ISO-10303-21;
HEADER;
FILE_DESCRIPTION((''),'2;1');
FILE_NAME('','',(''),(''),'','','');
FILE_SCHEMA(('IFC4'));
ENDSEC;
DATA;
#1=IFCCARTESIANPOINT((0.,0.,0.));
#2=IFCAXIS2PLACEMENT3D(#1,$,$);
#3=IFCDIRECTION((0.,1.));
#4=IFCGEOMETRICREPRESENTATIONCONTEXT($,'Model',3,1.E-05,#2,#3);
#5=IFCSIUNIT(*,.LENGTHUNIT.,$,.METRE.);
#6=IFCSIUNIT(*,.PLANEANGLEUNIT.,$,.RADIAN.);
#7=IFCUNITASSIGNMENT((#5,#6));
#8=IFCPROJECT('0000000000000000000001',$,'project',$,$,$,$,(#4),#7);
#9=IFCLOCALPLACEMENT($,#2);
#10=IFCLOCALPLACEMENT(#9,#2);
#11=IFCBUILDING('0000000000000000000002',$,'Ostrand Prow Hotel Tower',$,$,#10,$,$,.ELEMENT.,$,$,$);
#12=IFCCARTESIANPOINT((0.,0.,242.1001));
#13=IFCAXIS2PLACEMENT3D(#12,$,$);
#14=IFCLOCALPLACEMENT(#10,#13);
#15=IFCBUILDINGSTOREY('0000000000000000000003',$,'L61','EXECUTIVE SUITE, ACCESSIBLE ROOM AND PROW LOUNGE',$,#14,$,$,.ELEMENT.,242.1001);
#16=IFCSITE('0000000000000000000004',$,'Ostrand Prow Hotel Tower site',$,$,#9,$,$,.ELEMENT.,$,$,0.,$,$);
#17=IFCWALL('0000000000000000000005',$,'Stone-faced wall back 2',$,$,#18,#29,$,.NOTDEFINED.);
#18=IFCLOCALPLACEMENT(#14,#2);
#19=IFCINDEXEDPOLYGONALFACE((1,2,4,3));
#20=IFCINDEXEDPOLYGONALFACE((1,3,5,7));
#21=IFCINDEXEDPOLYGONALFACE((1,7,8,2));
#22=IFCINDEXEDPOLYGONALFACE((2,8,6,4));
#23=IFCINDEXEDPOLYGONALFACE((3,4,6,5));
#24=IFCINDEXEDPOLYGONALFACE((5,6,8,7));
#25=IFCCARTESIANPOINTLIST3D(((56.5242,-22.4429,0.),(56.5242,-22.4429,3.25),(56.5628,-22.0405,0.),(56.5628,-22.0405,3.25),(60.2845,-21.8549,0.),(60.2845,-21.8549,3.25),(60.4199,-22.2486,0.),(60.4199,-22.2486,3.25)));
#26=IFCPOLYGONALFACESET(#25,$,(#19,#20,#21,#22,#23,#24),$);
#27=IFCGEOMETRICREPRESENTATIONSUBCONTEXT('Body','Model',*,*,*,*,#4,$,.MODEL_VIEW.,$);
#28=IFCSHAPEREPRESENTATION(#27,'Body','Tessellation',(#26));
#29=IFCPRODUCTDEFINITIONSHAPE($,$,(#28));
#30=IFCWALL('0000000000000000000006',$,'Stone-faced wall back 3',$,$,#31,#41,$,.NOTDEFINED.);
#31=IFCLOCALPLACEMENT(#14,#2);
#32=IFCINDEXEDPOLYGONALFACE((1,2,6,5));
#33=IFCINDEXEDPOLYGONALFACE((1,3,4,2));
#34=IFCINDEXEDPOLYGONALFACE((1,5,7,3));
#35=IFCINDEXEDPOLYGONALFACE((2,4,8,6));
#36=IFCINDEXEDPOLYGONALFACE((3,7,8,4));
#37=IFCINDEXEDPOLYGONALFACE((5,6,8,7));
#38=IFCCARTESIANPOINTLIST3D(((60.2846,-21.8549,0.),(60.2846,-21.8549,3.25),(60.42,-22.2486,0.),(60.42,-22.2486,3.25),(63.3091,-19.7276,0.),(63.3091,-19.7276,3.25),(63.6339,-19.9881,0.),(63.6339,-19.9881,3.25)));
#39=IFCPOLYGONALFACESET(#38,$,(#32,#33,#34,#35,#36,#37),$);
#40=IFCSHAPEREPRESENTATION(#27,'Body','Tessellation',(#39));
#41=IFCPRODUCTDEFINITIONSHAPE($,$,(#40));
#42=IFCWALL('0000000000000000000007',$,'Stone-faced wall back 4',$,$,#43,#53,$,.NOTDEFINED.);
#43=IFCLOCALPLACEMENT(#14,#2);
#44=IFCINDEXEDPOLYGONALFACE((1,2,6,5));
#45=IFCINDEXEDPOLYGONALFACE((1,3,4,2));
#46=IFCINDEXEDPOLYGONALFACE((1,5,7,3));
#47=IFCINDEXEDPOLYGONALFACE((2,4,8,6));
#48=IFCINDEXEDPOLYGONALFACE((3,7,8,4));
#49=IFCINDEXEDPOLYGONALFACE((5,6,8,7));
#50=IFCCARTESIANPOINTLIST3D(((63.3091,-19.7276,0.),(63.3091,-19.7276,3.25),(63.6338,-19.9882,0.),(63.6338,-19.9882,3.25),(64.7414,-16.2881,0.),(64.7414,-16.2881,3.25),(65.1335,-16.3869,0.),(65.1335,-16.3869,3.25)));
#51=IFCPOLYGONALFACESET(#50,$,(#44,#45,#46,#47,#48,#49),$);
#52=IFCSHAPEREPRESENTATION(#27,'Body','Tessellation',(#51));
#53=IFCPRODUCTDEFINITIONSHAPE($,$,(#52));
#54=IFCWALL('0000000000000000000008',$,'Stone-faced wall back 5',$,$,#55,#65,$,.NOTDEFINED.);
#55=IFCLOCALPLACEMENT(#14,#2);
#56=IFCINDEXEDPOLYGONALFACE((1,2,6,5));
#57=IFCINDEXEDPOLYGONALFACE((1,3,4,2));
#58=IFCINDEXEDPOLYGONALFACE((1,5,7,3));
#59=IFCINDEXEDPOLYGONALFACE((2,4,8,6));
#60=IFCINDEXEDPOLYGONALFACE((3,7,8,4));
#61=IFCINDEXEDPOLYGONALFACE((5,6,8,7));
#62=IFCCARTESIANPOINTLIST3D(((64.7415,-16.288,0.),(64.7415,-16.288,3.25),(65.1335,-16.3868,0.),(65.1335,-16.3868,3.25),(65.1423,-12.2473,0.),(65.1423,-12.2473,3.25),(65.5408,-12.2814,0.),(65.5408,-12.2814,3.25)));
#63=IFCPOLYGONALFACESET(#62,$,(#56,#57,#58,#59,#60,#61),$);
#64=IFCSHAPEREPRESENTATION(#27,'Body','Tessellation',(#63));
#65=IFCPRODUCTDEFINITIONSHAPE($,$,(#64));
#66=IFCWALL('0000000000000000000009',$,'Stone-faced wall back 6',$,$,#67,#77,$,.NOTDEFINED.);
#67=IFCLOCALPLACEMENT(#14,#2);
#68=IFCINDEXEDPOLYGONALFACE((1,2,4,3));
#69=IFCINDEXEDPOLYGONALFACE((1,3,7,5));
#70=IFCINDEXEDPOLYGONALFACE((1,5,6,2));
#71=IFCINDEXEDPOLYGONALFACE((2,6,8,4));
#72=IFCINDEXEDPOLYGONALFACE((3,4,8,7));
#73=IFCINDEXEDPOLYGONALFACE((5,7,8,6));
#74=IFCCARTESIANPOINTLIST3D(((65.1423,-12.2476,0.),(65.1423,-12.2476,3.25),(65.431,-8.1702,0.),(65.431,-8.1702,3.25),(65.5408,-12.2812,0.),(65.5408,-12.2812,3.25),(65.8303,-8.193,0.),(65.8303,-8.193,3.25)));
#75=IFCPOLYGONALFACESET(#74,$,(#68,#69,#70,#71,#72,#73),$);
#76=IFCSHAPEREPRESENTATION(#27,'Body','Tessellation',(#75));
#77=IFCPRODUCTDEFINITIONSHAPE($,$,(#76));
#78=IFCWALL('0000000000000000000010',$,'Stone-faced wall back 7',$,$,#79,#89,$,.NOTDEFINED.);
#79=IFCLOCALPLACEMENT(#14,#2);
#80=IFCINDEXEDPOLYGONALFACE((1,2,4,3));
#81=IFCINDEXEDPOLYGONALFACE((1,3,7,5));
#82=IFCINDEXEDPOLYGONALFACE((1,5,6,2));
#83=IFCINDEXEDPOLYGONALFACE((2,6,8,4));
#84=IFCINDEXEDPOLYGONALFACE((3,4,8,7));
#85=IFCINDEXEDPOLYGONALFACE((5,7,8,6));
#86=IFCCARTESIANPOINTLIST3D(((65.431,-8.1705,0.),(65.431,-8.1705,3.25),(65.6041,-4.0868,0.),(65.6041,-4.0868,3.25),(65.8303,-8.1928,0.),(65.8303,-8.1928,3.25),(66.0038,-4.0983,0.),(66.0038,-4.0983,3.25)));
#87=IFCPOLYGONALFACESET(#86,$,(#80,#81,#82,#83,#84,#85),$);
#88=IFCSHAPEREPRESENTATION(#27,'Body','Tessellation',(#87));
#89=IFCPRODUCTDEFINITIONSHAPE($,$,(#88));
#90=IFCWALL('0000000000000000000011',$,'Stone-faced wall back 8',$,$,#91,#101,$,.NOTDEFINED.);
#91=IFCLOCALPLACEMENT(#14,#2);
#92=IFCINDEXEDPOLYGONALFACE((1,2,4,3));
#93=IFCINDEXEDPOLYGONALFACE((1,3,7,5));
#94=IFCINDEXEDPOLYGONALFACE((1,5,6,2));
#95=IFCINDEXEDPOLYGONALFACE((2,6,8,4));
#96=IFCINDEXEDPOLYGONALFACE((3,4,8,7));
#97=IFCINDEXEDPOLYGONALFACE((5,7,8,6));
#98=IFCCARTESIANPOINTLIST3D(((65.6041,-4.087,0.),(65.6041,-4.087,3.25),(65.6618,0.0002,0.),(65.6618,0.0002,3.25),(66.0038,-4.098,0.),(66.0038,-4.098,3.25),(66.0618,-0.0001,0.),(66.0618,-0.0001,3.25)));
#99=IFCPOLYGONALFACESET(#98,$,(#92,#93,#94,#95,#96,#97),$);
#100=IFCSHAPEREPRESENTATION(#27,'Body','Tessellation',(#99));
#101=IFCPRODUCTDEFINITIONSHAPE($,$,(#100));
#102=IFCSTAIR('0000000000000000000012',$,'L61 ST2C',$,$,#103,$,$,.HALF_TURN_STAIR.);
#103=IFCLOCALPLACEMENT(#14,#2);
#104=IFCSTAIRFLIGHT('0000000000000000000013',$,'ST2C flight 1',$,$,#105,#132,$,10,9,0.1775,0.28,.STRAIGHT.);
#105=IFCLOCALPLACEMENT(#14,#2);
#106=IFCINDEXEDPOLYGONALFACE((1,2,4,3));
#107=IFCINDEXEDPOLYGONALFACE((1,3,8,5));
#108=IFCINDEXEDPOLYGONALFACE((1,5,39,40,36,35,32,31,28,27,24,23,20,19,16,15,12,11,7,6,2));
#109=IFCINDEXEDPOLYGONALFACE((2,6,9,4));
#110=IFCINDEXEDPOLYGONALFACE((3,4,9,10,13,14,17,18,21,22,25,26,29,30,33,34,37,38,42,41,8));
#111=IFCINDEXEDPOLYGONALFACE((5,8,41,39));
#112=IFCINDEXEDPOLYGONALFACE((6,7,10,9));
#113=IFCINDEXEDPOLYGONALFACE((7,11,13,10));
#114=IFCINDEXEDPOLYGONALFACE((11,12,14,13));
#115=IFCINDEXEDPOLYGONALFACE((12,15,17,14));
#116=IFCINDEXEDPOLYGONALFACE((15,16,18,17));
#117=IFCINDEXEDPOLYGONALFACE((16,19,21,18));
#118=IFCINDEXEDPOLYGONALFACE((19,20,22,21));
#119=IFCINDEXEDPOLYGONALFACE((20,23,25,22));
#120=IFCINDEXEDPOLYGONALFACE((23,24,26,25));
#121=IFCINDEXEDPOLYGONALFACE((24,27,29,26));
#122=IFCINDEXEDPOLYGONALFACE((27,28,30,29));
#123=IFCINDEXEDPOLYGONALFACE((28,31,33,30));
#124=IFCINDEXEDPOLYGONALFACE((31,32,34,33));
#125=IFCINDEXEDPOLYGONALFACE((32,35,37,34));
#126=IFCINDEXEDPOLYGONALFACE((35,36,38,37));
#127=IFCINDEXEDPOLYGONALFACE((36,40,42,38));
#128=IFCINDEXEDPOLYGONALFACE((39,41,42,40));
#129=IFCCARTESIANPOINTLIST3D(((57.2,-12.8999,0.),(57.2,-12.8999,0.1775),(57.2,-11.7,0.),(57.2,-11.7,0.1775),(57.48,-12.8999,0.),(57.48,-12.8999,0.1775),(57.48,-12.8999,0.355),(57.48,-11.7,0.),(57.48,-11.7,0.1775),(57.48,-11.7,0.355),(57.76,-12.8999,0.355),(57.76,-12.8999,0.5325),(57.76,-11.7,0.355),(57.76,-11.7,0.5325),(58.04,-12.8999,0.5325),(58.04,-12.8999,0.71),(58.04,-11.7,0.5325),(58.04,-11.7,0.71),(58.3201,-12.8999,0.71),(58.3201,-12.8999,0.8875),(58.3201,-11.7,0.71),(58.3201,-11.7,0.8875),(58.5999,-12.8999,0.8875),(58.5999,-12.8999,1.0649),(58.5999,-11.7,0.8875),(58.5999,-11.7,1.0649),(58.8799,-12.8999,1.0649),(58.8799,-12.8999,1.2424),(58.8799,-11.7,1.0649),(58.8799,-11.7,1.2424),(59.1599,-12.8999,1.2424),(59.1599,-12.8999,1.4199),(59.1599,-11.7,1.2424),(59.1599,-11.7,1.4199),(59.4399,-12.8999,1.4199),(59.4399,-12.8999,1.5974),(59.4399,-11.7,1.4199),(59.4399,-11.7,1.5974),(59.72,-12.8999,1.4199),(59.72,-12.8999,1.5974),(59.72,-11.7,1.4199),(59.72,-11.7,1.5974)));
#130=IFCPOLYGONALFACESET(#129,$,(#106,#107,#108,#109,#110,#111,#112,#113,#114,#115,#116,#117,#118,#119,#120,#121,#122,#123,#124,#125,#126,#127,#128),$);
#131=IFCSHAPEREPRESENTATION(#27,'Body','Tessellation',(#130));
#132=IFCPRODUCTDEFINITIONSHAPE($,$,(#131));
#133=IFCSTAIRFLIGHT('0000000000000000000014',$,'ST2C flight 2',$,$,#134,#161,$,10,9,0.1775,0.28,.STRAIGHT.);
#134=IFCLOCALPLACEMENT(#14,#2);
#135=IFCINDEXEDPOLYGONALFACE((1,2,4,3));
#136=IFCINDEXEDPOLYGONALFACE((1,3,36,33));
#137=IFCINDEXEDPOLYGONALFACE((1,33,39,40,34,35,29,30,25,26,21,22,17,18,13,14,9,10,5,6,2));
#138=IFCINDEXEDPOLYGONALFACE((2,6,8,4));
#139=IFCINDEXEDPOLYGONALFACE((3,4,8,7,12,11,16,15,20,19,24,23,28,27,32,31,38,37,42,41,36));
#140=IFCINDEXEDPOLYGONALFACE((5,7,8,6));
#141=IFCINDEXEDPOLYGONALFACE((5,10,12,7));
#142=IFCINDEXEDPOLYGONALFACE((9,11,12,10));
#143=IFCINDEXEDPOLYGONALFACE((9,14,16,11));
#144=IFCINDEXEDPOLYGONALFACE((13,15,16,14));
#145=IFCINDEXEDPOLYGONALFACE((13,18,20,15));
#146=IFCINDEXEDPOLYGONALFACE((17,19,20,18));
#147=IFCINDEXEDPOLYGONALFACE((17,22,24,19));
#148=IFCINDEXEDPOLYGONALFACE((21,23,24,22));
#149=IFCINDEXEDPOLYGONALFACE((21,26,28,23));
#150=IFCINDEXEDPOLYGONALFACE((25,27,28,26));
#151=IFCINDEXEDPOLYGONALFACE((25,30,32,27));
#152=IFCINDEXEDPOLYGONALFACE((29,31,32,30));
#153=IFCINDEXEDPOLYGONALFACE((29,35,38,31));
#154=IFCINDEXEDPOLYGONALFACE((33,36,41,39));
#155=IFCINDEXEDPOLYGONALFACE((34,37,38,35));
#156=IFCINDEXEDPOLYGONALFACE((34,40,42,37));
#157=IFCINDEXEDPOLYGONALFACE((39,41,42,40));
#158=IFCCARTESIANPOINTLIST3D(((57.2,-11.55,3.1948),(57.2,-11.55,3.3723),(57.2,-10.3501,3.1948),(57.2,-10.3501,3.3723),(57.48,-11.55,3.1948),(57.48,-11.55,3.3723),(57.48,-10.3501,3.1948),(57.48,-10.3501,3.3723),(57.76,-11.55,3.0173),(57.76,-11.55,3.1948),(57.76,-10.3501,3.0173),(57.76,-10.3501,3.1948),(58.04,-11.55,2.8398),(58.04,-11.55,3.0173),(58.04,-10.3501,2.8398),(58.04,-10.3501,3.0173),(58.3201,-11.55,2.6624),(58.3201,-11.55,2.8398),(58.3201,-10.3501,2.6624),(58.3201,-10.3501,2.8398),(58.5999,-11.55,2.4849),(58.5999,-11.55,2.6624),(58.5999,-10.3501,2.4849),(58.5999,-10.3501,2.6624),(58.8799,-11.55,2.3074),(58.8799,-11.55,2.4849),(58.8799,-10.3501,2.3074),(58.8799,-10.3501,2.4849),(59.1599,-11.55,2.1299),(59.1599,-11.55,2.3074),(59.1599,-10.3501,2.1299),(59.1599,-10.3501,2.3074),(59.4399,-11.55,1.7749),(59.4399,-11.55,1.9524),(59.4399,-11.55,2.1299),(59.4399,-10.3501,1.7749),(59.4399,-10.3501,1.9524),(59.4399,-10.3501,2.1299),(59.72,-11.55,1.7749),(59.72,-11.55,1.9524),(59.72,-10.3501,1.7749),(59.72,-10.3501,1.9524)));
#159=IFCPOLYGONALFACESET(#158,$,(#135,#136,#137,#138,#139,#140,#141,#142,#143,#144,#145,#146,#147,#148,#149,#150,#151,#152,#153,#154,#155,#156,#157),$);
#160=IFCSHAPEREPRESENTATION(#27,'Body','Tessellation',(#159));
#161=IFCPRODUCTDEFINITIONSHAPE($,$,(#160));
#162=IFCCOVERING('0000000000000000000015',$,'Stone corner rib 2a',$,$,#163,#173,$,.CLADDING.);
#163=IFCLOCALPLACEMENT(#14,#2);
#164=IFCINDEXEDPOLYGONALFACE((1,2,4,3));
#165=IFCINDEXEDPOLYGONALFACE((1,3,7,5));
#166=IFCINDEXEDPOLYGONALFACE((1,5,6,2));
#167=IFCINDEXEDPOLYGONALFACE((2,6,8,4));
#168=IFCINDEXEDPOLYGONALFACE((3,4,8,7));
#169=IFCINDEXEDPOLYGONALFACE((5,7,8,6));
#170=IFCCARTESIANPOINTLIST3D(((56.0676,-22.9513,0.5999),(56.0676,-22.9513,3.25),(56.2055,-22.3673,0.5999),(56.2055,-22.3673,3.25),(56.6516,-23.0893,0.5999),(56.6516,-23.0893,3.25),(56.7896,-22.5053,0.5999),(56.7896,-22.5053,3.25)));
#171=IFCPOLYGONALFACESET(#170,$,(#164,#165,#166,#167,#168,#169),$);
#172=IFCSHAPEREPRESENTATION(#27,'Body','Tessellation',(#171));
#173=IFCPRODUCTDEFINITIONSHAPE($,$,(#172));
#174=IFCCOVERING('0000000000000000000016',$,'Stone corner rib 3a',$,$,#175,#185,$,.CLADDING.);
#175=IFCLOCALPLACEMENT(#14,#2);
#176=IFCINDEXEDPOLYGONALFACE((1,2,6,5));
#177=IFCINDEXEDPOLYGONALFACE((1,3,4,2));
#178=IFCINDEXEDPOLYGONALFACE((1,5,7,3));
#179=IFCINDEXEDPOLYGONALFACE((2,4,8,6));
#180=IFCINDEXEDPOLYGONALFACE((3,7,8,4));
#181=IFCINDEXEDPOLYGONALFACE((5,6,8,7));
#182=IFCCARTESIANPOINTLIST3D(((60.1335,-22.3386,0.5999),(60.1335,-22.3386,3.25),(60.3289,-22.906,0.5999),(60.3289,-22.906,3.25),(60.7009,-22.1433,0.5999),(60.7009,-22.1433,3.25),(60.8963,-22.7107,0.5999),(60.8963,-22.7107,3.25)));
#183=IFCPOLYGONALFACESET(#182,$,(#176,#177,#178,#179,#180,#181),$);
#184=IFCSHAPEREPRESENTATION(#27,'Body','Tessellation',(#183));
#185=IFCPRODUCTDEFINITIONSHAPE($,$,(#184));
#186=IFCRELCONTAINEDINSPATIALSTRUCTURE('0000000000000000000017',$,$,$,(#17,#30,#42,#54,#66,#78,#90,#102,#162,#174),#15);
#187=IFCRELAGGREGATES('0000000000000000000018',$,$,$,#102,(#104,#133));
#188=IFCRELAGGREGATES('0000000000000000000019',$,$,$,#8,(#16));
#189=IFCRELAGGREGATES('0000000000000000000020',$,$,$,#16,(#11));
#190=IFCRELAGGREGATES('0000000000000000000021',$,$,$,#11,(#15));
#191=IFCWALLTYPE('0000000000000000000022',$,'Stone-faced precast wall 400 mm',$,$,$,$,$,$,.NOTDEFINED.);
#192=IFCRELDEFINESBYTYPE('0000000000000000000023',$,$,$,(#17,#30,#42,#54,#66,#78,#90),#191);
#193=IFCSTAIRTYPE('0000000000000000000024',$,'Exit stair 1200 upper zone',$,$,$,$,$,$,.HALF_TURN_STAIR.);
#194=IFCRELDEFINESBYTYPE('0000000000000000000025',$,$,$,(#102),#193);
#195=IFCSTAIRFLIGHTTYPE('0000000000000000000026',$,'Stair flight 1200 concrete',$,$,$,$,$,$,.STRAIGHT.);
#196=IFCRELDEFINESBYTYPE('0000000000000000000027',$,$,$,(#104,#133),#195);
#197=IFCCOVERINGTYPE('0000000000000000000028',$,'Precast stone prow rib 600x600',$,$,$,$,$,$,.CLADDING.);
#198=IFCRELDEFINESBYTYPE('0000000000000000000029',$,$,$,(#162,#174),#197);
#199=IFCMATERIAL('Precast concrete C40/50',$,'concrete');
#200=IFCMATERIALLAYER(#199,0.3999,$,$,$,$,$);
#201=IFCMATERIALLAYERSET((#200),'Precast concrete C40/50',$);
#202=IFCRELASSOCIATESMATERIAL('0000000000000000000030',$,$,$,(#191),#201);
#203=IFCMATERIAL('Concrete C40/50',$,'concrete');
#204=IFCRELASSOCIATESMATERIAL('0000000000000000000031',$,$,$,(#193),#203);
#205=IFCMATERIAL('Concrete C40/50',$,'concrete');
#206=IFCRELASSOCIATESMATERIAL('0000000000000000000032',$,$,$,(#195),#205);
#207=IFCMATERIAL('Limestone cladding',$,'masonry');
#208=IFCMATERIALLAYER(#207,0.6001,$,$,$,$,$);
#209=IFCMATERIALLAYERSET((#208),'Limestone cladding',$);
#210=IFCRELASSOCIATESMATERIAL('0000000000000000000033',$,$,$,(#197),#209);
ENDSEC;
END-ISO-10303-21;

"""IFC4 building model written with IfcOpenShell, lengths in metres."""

from ifc_helpers import new_model, si_unit, direction, frame, frame_2d, origin, place, context, subcontext, project, spatial, polyline, rectangle, outline, extrude, material, layer, layer_set, type_object, element, aggregate, save


model = new_model("IFC4")

# Units and contexts
model_context = context("Model", 3, precision=1e-05, world=origin(), true_north=direction((0.0, 1.0)))
body_context = subcontext(model_context, "Body", "Model", "MODEL_VIEW")
ifc_project = project(units=[si_unit("LENGTHUNIT", "METRE"), si_unit("PLANEANGLEUNIT", "RADIAN")], contexts=[model_context])

# Site, building, storey
site_placement = place(None, origin())
site = spatial("IfcSite", under=ifc_project, at=site_placement, Name="Ostrand Prow Hotel Tower site", CompositionType="ELEMENT", RefElevation=0.0)
building_placement = place(site_placement, origin())
building = spatial("IfcBuilding", under=site, at=building_placement, Name="Ostrand Prow Hotel Tower", CompositionType="ELEMENT")
storey_placement = place(building_placement, frame((0.0, 0.0, 242.1001)))
storey = spatial("IfcBuildingStorey", under=building, at=storey_placement, Name="L61", Description="EXECUTIVE SUITE, ACCESSIBLE ROOM AND PROW LOUNGE", CompositionType="ELEMENT", Elevation=242.1001)

# Walls
ifc_material_1 = material(Name="Precast concrete C40/50", Category="concrete")
ifc_layer_1 = layer(ifc_material_1, 0.3999)
ifc_layer_set_1 = layer_set([ifc_layer_1], Name="Precast concrete C40/50")
wall_type_1 = type_object("IfcWallType", Name="Stone-faced precast wall 400 mm", PredefinedType="NOTDEFINED", material=ifc_layer_set_1)
wall_1_placement = place(storey_placement, frame((56.5435, -22.2417, 0.0), z_axis=(0.0, 0.0, 1.0), x_axis=(0.998759, 0.049807, 0.0)))
element("IfcWall", 1, at=wall_1_placement, inside=storey, type_object=wall_type_1, Name="Stone-faced wall back 2", PredefinedType="NOTDEFINED", context=body_context, shape_type="SweptSolid", body=[
    extrude(outline(polyline([(-0.0293, -0.2), (3.8713, -0.2), (3.7556, 0.2), (0.0293, 0.2), (-0.0293, -0.2)])), origin(), (0.0, 0.0, 1.0), 3.25),
])
wall_2_placement = place(storey_placement, frame((60.3523, -22.0518, 0.0), z_axis=(0.0, 0.0, 1.0), x_axis=(0.817943, 0.5753, 0.0)))
element("IfcWall", 2, at=wall_2_placement, inside=storey, type_object=wall_type_1, Name="Stone-faced wall back 3", PredefinedType="NOTDEFINED", context=body_context, shape_type="SweptSolid", body=[
    extrude(outline(polyline([(-0.0579, -0.2), (3.8713, -0.2), (3.7556, 0.2), (0.0579, 0.2), (-0.0579, -0.2)])), origin(), (0.0, 0.0, 1.0), 3.25),
])
wall_3_placement = place(storey_placement, frame((63.4714, -19.8579, 0.0), z_axis=(0.0, 0.0, 1.0), x_axis=(0.384434, 0.923153, 0.0)))
element("IfcWall", 3, at=wall_3_placement, inside=storey, type_object=wall_type_1, Name="Stone-faced wall back 4", PredefinedType="NOTDEFINED", context=body_context, shape_type="SweptSolid", body=[
    extrude(outline(polyline([(-0.0579, -0.2), (3.8433, -0.2), (3.7837, 0.2), (0.0579, 0.2), (-0.0579, -0.2)])), origin(), (0.0, 0.0, 1.0), 3.25),
])
wall_4_placement = place(storey_placement, frame((64.9375, -16.3374, 0.0), z_axis=(0.0, 0.0, 1.0), x_axis=(0.098718, 0.995115, 0.0)))
element("IfcWall", 4, at=wall_4_placement, inside=storey, type_object=wall_type_1, Name="Stone-faced wall back 5", PredefinedType="NOTDEFINED", context=body_context, shape_type="SweptSolid", body=[
    extrude(outline(polyline([(-0.0298, -0.2), (4.0957, -0.2), (4.0903, 0.2), (0.0298, 0.2), (-0.0298, -0.2)])), origin(), (0.0, 0.0, 1.0), 3.25),
])
wall_5_placement = place(storey_placement, frame((65.3416, -12.2644, 0.0), z_axis=(0.0, 0.0, 1.0), x_axis=(0.070624, 0.997503, 0.0)))
element("IfcWall", 5, at=wall_5_placement, inside=storey, type_object=wall_type_1, Name="Stone-faced wall back 6", PredefinedType="NOTDEFINED", context=body_context, shape_type="SweptSolid", body=[
    extrude(outline(polyline([(-0.0027, -0.2), (4.0957, -0.2), (4.0903, 0.2), (0.0027, 0.2), (-0.0027, -0.2)])), origin(), (0.0, 0.0, 1.0), 3.25),
])
wall_6_placement = place(storey_placement, frame((65.6306, -8.1816, 0.0), z_axis=(0.0, 0.0, 1.0), x_axis=(0.042353, 0.999103, 0.0)))
element("IfcWall", 6, at=wall_6_placement, inside=storey, type_object=wall_type_1, Name="Stone-faced wall back 7", PredefinedType="NOTDEFINED", context=body_context, shape_type="SweptSolid", body=[
    extrude(outline(polyline([(-0.0027, -0.2), (4.0955, -0.2), (4.0901, 0.2), (0.0027, 0.2), (-0.0027, -0.2)])), origin(), (0.0, 0.0, 1.0), 3.25),
])
wall_7_placement = place(storey_placement, frame((65.804, -4.0925, 0.0), z_axis=(0.0, 0.0, 1.0), x_axis=(0.014137, 0.9999, 0.0)))
element("IfcWall", 7, at=wall_7_placement, inside=storey, type_object=wall_type_1, Name="Stone-faced wall back 8", PredefinedType="NOTDEFINED", context=body_context, shape_type="SweptSolid", body=[
    extrude(outline(polyline([(-0.0027, -0.2), (4.0957, -0.2), (4.0903, 0.2), (0.0027, 0.2), (-0.0027, -0.2)])), origin(), (0.0, 0.0, 1.0), 3.25),
])

# Stair, stair flights
ifc_material_2 = material(Name="Concrete C40/50", Category="concrete")
stair_type = type_object("IfcStairType", Name="Exit stair 1200 upper zone", PredefinedType="HALF_TURN_STAIR", material=ifc_material_2)
stair_placement = place(storey_placement, origin())
stair = element("IfcStair", 8, at=stair_placement, inside=storey, type_object=stair_type, Name="L61 ST2C", PredefinedType="HALF_TURN_STAIR")
ifc_material_3 = material(Name="Concrete C40/50", Category="concrete")
stair_flight_type = type_object("IfcStairFlightType", Name="Stair flight 1200 concrete", PredefinedType="STRAIGHT", material=ifc_material_3)
stair_flight_1_placement = place(storey_placement, frame((57.2, -12.3, 0.0), z_axis=(0.0, 0.0, 1.0), x_axis=(1.0, 0.0, 0.0)))
stair_flight_1 = element("IfcStairFlight", 9, at=stair_flight_1_placement, type_object=stair_flight_type, Name="ST2C flight 1", NumberOfRisers=10, NumberOfTreads=9, PredefinedType="STRAIGHT", RiserHeight=0.1775, TreadLength=0.28, context=body_context, shape_type="SweptSolid", body=[
    extrude(outline(polyline([(0.0, 0.0), (0.0, 0.1775), (0.28, 0.1775), (0.28, 0.355), (0.5601, 0.355), (0.5601, 0.5325), (0.8401, 0.5325), (0.8401, 0.71), (1.1201, 0.71), (1.1201, 0.8875), (1.3999, 0.8875), (1.3999, 1.0649), (1.6799, 1.0649), (1.6799, 1.2424), (1.96, 1.2424), (1.96, 1.4199), (2.24, 1.4199), (2.24, 1.5974), (2.52, 1.5974), (2.52, 1.7749), (2.52, 1.4199), (0.28, 0.0), (0.0, 0.0)])), frame((0.0, 0.6001, 0.0), z_axis=(0.0, -1.0, 0.0), x_axis=(1.0, 0.0, 0.0)), (0.0, 0.0, 1.0), 1.2),
])
stair_flight_2_placement = place(storey_placement, frame((59.72, -10.95, 1.7749), z_axis=(0.0, 0.0, 1.0), x_axis=(-1.0, 0.0, 0.0)))
stair_flight_2 = element("IfcStairFlight", 10, at=stair_flight_2_placement, type_object=stair_flight_type, Name="ST2C flight 2", NumberOfRisers=10, NumberOfTreads=9, PredefinedType="STRAIGHT", RiserHeight=0.1775, TreadLength=0.28, context=body_context, shape_type="SweptSolid", body=[
    extrude(outline(polyline([(0.0, 0.0), (0.0, 0.1775), (0.28, 0.1775), (0.28, 0.355), (0.5601, 0.355), (0.5601, 0.5325), (0.8401, 0.5325), (0.8401, 0.71), (1.1201, 0.71), (1.1201, 0.8875), (1.3999, 0.8875), (1.3999, 1.0649), (1.6799, 1.0649), (1.6799, 1.2424), (1.96, 1.2424), (1.96, 1.4199), (2.24, 1.4199), (2.24, 1.5974), (2.52, 1.5974), (2.52, 1.7749), (2.52, 1.4199), (0.28, 0.0), (0.0, 0.0)])), frame((0.0, 0.6001, 0.0), z_axis=(0.0, -1.0, 0.0), x_axis=(1.0, 0.0, 0.0)), (0.0, 0.0, 1.0), 1.2),
])
aggregate(stair, [stair_flight_1, stair_flight_2])

# Coverings
ifc_material_4 = material(Name="Limestone cladding", Category="masonry")
ifc_layer_2 = layer(ifc_material_4, 0.6001)
ifc_layer_set_2 = layer_set([ifc_layer_2], Name="Limestone cladding")
covering_type = type_object("IfcCoveringType", Name="Precast stone prow rib 600x600", PredefinedType="CLADDING", material=ifc_layer_set_2)
for number, where, z_axis, x_axis, name in (
    (11, (56.4976, -22.4363, 0.5999), (0.0, 0.0, 1.0), (-0.229878, -0.973219, 0.0), "Stone corner rib 2a"),
    (12, (60.4172, -22.241, 0.5999), (0.0, 0.0, 1.0), (0.325489, -0.945546, 0.0), "Stone corner rib 3a"),
):
    element("IfcCovering", number, at=place(storey_placement, frame(where, z_axis=z_axis, x_axis=x_axis)), inside=storey, type_object=covering_type, Name=name, PredefinedType="CLADDING", context=body_context, shape_type="SweptSolid", body=[
        extrude(rectangle(XDim=0.6001, YDim=0.6001, at=frame_2d((0.3, 0.0))), origin(), (0.0, 0.0, 1.0), 2.6501),
    ])

save(model, "model.ifc")
